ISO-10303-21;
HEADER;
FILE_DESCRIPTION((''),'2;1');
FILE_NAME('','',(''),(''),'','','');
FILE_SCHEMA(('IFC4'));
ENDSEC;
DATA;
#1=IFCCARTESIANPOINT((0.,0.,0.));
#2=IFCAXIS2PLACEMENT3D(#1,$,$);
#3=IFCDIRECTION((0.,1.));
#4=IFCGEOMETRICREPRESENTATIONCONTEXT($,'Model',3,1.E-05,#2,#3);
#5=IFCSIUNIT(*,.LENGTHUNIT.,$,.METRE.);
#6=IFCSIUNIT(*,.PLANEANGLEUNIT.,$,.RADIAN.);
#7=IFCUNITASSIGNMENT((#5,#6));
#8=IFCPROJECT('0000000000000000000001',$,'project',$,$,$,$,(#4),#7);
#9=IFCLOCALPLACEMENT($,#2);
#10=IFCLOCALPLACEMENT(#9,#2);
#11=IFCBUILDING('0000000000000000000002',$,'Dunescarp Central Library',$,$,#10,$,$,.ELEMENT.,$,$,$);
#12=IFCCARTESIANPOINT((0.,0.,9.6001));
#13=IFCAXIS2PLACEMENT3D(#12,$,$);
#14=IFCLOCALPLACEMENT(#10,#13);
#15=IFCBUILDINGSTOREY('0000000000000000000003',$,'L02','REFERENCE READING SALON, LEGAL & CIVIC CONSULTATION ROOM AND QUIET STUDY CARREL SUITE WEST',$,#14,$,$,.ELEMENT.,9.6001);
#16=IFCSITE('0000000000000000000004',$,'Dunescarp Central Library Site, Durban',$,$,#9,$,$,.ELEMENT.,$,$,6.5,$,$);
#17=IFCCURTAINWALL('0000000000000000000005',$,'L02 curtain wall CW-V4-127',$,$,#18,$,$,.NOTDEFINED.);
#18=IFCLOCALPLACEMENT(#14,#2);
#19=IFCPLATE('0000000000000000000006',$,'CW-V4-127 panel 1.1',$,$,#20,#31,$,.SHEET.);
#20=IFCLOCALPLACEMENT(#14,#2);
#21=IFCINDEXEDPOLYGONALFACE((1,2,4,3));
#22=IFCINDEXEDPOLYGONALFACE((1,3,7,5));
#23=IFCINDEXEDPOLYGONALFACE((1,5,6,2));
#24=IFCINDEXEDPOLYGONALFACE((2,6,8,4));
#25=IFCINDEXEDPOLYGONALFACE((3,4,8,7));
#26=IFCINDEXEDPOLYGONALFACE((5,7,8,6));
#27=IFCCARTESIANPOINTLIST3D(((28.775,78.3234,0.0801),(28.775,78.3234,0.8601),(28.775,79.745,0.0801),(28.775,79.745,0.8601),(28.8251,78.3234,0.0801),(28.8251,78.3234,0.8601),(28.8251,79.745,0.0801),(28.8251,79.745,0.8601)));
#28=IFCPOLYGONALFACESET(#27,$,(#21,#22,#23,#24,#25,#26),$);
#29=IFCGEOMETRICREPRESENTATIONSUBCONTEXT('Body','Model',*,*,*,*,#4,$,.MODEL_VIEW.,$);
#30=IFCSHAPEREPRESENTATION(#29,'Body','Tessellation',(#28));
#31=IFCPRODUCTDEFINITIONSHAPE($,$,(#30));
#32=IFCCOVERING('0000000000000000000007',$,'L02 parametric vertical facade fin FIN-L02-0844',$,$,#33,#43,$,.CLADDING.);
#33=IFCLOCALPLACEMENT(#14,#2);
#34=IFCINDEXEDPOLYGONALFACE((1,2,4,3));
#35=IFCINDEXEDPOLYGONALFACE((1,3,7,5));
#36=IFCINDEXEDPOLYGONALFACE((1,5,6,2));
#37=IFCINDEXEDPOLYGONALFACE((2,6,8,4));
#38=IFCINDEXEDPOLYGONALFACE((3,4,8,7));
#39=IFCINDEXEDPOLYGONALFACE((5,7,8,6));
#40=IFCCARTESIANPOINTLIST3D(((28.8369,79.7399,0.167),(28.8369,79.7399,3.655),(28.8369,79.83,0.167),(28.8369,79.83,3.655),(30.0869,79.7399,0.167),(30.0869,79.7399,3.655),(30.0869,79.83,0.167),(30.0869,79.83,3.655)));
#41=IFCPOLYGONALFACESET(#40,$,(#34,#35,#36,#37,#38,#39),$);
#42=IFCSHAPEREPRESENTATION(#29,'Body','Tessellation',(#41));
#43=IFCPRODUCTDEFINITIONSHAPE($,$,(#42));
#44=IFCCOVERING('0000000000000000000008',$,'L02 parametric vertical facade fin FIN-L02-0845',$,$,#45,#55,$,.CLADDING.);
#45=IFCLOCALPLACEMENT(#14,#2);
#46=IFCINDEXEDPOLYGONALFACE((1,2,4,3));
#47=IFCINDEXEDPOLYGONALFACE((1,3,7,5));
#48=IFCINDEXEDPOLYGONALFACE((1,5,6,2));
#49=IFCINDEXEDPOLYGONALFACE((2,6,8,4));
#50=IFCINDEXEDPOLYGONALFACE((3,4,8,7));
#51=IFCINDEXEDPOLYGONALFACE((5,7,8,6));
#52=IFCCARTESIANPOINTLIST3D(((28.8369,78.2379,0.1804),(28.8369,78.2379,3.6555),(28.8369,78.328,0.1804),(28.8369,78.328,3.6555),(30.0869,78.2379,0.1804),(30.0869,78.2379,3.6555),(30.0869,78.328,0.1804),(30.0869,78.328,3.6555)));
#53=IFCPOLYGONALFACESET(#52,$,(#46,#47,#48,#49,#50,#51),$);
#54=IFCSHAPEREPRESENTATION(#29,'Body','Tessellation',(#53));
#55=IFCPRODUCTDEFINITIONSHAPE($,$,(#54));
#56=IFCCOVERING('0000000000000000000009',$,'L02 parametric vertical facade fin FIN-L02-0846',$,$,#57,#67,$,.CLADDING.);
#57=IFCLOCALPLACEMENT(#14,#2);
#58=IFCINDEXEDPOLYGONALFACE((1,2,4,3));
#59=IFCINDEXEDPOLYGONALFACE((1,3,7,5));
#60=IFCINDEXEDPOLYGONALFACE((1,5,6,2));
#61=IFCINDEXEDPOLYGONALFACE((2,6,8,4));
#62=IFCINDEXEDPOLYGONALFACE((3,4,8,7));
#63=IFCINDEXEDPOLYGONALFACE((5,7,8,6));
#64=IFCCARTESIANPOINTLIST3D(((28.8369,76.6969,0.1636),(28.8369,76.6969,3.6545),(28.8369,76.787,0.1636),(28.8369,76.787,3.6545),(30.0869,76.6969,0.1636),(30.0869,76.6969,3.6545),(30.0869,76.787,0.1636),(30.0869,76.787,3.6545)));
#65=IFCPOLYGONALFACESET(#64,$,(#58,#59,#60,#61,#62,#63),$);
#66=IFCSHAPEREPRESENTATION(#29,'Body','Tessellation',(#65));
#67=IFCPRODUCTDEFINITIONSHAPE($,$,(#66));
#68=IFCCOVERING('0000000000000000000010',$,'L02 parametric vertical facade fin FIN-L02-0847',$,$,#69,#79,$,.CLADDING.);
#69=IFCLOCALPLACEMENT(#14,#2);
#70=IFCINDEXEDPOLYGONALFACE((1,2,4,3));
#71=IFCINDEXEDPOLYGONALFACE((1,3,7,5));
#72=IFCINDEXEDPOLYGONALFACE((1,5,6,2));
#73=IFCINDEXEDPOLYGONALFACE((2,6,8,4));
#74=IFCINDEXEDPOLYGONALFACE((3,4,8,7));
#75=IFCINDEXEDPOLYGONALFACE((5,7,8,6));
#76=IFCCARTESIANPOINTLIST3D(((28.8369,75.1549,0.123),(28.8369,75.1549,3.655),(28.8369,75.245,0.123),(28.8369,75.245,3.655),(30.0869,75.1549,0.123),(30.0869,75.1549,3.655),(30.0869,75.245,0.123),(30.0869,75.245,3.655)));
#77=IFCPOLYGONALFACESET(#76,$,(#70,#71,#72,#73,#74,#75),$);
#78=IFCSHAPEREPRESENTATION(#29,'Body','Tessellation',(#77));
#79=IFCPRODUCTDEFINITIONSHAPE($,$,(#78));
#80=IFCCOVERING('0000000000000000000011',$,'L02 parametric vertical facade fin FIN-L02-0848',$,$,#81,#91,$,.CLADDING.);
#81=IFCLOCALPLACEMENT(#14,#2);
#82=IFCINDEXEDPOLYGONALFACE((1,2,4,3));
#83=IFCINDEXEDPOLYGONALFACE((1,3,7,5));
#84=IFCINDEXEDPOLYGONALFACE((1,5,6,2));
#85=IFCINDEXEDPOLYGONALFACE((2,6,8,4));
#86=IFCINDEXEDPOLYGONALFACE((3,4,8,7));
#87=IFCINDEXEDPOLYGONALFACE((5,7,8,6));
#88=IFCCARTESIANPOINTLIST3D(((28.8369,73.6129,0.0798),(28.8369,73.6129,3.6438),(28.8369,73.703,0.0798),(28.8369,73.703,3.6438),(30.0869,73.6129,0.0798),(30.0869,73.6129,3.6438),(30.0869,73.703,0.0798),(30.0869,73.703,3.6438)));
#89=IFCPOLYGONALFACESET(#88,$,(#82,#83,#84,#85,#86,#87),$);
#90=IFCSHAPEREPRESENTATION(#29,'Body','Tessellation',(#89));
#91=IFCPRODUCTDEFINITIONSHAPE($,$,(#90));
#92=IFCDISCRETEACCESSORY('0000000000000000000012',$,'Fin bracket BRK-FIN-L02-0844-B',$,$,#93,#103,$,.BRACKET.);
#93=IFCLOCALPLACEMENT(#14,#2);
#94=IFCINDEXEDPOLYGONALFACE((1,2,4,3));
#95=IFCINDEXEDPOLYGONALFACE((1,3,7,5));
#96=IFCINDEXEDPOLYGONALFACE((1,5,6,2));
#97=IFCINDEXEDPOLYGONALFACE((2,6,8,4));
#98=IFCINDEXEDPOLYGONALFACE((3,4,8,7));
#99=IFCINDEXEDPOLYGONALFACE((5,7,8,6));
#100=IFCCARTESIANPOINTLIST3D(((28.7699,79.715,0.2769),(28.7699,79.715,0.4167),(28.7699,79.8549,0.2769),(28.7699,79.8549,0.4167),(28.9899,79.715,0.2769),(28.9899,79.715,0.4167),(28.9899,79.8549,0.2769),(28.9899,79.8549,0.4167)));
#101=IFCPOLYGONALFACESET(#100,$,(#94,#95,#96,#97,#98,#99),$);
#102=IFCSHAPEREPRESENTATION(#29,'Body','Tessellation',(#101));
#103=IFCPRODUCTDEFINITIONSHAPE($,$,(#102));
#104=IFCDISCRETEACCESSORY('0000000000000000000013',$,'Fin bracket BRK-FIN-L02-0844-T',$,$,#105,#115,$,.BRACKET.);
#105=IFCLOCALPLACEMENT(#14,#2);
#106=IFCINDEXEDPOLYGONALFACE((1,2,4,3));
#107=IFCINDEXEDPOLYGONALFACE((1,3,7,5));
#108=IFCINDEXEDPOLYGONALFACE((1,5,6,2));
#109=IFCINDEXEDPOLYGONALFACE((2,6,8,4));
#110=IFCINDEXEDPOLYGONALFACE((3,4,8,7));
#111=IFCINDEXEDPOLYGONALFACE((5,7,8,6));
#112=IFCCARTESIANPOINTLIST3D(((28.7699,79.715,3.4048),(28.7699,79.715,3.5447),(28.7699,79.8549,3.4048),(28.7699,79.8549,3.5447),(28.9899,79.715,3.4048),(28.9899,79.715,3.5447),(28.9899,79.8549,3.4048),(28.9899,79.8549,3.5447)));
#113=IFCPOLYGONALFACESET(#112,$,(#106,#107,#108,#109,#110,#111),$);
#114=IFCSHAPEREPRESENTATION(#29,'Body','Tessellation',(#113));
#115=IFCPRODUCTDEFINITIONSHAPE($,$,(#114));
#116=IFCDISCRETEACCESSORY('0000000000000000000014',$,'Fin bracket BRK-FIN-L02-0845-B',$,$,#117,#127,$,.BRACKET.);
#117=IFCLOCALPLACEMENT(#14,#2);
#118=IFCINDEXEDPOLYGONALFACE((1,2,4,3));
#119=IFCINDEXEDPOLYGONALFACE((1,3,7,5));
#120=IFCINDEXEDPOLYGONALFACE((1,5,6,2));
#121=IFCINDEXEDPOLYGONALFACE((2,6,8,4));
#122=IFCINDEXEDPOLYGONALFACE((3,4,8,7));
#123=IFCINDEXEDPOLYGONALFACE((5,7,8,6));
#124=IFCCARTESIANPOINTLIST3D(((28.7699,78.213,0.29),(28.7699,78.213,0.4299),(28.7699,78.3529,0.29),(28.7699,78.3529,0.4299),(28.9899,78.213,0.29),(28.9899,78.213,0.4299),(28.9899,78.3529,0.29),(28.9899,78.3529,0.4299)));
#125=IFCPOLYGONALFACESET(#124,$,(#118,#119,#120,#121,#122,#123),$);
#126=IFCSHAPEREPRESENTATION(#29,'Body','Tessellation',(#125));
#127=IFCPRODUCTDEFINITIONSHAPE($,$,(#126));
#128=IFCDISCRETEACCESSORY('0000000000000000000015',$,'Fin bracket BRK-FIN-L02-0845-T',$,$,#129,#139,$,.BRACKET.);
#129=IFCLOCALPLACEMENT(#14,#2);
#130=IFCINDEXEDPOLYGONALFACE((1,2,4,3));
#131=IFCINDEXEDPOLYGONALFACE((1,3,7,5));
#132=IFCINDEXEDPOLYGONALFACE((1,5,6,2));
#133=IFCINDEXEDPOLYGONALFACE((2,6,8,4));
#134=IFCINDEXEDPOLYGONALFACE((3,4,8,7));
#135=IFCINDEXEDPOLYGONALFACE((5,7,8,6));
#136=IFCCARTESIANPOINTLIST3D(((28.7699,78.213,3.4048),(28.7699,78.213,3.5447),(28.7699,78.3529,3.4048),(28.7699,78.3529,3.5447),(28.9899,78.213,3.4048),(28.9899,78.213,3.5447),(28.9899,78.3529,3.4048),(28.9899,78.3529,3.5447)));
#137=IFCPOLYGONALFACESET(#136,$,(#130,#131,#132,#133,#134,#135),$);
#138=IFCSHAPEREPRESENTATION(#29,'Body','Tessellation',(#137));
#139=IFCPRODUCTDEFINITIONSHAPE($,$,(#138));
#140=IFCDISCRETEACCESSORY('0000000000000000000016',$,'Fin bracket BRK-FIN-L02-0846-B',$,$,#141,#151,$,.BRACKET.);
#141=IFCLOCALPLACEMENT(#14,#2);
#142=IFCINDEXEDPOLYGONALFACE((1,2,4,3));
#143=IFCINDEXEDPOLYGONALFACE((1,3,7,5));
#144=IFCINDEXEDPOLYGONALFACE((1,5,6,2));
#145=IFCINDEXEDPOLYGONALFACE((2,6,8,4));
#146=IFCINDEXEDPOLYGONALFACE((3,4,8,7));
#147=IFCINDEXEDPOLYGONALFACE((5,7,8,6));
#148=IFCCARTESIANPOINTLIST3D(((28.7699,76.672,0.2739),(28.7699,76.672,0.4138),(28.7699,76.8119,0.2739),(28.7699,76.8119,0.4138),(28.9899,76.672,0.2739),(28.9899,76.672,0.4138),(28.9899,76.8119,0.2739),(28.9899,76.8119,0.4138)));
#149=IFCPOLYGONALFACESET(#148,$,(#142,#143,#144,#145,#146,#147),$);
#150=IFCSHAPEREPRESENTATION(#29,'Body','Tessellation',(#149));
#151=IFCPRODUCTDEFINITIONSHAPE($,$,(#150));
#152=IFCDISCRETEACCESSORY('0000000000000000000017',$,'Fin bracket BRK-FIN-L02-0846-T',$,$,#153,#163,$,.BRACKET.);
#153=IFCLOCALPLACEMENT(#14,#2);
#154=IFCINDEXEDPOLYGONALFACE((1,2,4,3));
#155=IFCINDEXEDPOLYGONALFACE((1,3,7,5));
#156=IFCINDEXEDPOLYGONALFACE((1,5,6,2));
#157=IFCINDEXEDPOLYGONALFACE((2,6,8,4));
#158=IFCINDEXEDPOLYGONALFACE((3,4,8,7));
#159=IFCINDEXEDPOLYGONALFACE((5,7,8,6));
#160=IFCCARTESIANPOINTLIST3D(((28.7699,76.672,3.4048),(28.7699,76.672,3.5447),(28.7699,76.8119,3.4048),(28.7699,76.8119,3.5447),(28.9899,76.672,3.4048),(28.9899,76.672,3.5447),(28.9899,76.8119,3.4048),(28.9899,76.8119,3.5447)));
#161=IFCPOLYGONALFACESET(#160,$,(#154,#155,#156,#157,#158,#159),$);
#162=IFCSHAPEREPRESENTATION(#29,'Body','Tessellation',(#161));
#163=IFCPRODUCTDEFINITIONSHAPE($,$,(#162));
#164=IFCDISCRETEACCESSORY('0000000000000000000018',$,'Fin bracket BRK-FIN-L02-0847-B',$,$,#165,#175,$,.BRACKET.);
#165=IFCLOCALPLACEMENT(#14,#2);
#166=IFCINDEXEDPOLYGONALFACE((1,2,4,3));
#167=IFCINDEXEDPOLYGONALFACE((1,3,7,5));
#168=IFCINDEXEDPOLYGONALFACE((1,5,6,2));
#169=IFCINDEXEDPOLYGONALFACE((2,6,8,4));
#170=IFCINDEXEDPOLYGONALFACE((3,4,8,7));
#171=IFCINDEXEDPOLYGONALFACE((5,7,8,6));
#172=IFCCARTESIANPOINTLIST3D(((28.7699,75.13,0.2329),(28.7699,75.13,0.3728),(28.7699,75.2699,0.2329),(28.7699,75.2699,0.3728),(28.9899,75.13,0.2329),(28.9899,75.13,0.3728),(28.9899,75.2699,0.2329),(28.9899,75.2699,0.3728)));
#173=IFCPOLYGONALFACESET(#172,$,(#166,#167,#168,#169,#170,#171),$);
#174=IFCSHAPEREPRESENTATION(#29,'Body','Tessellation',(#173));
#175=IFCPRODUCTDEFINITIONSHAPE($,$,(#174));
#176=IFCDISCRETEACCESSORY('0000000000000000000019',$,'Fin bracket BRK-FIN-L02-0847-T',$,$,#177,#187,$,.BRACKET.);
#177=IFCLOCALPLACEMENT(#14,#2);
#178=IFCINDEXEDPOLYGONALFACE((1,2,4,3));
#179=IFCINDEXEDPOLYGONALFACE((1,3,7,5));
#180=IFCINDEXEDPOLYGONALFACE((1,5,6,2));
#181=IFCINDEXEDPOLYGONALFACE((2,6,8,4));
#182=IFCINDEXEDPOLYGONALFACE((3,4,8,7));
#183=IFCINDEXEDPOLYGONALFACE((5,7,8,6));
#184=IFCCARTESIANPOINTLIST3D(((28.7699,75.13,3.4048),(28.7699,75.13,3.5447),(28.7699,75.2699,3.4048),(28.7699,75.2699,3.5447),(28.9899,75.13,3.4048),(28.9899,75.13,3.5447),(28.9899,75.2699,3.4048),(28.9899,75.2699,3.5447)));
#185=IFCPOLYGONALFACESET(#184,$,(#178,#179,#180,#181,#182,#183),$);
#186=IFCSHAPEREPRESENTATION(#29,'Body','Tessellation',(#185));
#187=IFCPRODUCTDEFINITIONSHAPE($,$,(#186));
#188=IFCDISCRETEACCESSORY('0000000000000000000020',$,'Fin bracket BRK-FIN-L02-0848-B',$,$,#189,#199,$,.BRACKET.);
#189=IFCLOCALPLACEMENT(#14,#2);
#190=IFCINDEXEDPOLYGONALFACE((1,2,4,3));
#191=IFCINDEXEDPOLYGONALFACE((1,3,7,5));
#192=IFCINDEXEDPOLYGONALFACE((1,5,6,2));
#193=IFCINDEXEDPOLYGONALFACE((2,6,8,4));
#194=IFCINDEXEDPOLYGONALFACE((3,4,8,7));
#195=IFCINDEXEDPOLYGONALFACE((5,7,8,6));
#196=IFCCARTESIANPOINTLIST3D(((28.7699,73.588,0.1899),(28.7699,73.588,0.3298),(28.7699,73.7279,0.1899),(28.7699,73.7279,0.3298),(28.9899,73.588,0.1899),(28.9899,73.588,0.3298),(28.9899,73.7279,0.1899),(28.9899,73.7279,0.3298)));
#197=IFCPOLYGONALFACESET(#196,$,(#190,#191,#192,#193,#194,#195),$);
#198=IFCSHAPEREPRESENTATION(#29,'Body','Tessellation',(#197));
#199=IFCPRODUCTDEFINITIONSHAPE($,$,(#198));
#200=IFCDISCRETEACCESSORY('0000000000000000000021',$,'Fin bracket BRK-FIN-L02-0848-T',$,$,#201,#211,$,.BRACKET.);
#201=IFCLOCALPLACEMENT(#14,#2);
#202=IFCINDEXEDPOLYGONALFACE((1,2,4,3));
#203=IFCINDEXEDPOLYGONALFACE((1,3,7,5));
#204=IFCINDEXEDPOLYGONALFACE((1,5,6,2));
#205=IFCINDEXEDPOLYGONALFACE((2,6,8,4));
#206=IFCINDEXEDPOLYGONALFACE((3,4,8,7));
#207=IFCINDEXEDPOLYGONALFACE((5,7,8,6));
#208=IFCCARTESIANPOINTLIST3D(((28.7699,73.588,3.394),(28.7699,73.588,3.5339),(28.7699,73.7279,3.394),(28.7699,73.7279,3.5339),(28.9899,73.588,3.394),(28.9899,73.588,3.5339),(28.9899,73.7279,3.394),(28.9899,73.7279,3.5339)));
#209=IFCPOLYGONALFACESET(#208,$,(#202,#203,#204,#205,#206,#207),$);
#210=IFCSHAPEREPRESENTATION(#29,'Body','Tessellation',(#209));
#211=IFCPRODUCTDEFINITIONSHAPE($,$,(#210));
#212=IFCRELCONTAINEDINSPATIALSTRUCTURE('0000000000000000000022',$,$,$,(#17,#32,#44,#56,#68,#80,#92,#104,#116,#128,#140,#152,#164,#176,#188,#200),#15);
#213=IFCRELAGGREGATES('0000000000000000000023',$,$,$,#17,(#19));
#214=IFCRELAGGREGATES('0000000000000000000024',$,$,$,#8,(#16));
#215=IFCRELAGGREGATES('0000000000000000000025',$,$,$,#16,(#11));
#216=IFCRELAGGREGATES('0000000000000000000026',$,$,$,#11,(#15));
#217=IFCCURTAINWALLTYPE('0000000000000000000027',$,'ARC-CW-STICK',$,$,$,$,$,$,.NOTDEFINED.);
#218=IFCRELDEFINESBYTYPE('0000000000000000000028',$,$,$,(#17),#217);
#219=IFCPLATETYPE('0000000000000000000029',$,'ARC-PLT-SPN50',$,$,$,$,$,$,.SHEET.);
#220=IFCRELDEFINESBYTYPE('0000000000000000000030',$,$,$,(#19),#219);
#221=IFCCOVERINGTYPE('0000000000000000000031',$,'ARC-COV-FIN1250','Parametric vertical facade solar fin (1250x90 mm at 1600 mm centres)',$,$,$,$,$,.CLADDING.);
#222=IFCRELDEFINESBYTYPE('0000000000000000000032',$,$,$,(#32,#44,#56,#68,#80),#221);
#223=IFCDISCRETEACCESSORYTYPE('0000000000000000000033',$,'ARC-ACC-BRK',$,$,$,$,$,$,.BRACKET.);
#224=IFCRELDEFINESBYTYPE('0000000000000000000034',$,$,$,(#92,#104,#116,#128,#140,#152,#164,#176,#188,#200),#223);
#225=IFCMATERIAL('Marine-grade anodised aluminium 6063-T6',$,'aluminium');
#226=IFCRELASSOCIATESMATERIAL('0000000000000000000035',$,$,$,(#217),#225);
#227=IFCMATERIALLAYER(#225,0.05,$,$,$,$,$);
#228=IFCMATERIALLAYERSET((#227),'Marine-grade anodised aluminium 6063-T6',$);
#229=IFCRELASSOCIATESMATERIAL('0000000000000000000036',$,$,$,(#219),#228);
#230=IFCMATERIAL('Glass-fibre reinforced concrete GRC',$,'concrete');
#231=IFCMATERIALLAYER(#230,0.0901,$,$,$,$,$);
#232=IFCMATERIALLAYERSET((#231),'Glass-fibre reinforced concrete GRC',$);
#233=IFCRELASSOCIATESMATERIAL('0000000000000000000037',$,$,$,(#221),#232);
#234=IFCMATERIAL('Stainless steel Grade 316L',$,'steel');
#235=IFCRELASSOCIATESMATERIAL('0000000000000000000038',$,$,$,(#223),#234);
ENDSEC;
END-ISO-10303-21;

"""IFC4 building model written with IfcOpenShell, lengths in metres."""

from ifc_helpers import new_model, si_unit, direction, frame, origin, origin_2d, place, context, subcontext, project, spatial, rectangle, extrude, material, layer, layer_set, type_object, element, aggregate, save


model = new_model("IFC4")

# Units and contexts
model_context = context("Model", 3, precision=1e-05, world=origin(), true_north=direction((0.0, 1.0)))
body_context = subcontext(model_context, "Body", "Model", "MODEL_VIEW")
ifc_project = project(units=[si_unit("LENGTHUNIT", "METRE"), si_unit("PLANEANGLEUNIT", "RADIAN")], contexts=[model_context])

# Site, building, storey
site_placement = place(None, origin())
site = spatial("IfcSite", under=ifc_project, at=site_placement, Name="Dunescarp Central Library Site, Durban", CompositionType="ELEMENT", RefElevation=6.5)
building_placement = place(site_placement, origin())
building = spatial("IfcBuilding", under=site, at=building_placement, Name="Dunescarp Central Library", CompositionType="ELEMENT")
storey_placement = place(building_placement, frame((0.0, 0.0, 9.6001)))
storey = spatial("IfcBuildingStorey", under=building, at=storey_placement, Name="L02", Description="REFERENCE READING SALON, LEGAL & CIVIC CONSULTATION ROOM AND QUIET STUDY CARREL SUITE WEST", CompositionType="ELEMENT", Elevation=9.6001)

# Curtain wall
ifc_material_1 = material(Name="Marine-grade anodised aluminium 6063-T6", Category="aluminium")
curtain_wall_type = type_object("IfcCurtainWallType", Name="ARC-CW-STICK", PredefinedType="NOTDEFINED", material=ifc_material_1)
curtain_wall_placement = place(storey_placement, origin())
curtain_wall = element("IfcCurtainWall", 1, at=curtain_wall_placement, inside=storey, type_object=curtain_wall_type, Name="L02 curtain wall CW-V4-127", PredefinedType="NOTDEFINED")

# Plate
ifc_layer_1 = layer(ifc_material_1, 0.05)
ifc_layer_set_1 = layer_set([ifc_layer_1], Name="Marine-grade anodised aluminium 6063-T6")
plate_type_1 = type_object("IfcPlateType", Name="ARC-PLT-SPN50", PredefinedType="SHEET", material=ifc_layer_set_1)
plate_1_placement = place(storey_placement, frame((28.8, 79.0342, 0.0801), z_axis=(0.0, 0.0, 1.0), x_axis=(0.0, -1.0, 0.0)))
plate_1 = element("IfcPlate", 2, at=plate_1_placement, type_object=plate_type_1, Name="CW-V4-127 panel 1.1", PredefinedType="SHEET", context=body_context, shape_type="SweptSolid", body=[
    extrude(rectangle(XDim=1.4216, YDim=0.05, at=origin_2d()), origin(), (0.0, 0.0, 1.0), 0.78),
])
aggregate(curtain_wall, [plate_1])

# Coverings
ifc_material_2 = material(Name="Glass-fibre reinforced concrete GRC", Category="concrete")
ifc_layer_2 = layer(ifc_material_2, 0.0901)
ifc_layer_set_2 = layer_set([ifc_layer_2], Name="Glass-fibre reinforced concrete GRC")
covering_type = type_object("IfcCoveringType", Name="ARC-COV-FIN1250", Description="Parametric vertical facade solar fin (1250x90 mm at 1600 mm centres)", PredefinedType="CLADDING", material=ifc_layer_set_2)
covering_1_placement = place(storey_placement, frame((29.4619, 79.7849, 0.167), z_axis=(0.0, 0.0, 1.0), x_axis=(1.0, 0.0, 0.0)))
element("IfcCovering", 3, at=covering_1_placement, inside=storey, type_object=covering_type, Name="L02 parametric vertical facade fin FIN-L02-0844", PredefinedType="CLADDING", context=body_context, shape_type="SweptSolid", body=[
    extrude(rectangle(XDim=1.25, YDim=0.0901, at=origin_2d()), origin(), (0.0, 0.0, 1.0), 3.488),
])
covering_2_placement = place(storey_placement, frame((29.4619, 78.283, 0.1804), z_axis=(0.0, 0.0, 1.0), x_axis=(1.0, 0.0, 0.0)))
element("IfcCovering", 4, at=covering_2_placement, inside=storey, type_object=covering_type, Name="L02 parametric vertical facade fin FIN-L02-0845", PredefinedType="CLADDING", context=body_context, shape_type="SweptSolid", body=[
    extrude(rectangle(XDim=1.25, YDim=0.0901, at=origin_2d()), origin(), (0.0, 0.0, 1.0), 3.4751),
])
covering_3_placement = place(storey_placement, frame((29.4619, 76.7419, 0.1636), z_axis=(0.0, 0.0, 1.0), x_axis=(1.0, 0.0, 0.0)))
element("IfcCovering", 5, at=covering_3_placement, inside=storey, type_object=covering_type, Name="L02 parametric vertical facade fin FIN-L02-0846", PredefinedType="CLADDING", context=body_context, shape_type="SweptSolid", body=[
    extrude(rectangle(XDim=1.25, YDim=0.0901, at=origin_2d()), origin(), (0.0, 0.0, 1.0), 3.491),
])
covering_4_placement = place(storey_placement, frame((29.4619, 75.2, 0.123), z_axis=(0.0, 0.0, 1.0), x_axis=(1.0, 0.0, 0.0)))
element("IfcCovering", 6, at=covering_4_placement, inside=storey, type_object=covering_type, Name="L02 parametric vertical facade fin FIN-L02-0847", PredefinedType="CLADDING", context=body_context, shape_type="SweptSolid", body=[
    extrude(rectangle(XDim=1.25, YDim=0.0901, at=origin_2d()), origin(), (0.0, 0.0, 1.0), 3.532),
])
covering_5_placement = place(storey_placement, frame((29.4619, 73.658, 0.0798), z_axis=(0.0, 0.0, 1.0), x_axis=(1.0, 0.0, 0.0)))
element("IfcCovering", 7, at=covering_5_placement, inside=storey, type_object=covering_type, Name="L02 parametric vertical facade fin FIN-L02-0848", PredefinedType="CLADDING", context=body_context, shape_type="SweptSolid", body=[
    extrude(rectangle(XDim=1.25, YDim=0.0901, at=origin_2d()), origin(), (0.0, 0.0, 1.0), 3.564),
])

# Discrete accessories
ifc_material_3 = material(Name="Stainless steel Grade 316L", Category="steel")
discrete_accessory_type = type_object("IfcDiscreteAccessoryType", Name="ARC-ACC-BRK", PredefinedType="BRACKET", material=ifc_material_3)
for number, where, z_axis, x_axis, name in (
    (8, (28.8799, 79.7849, 0.2769), (0.0, 0.0, 1.0), (1.0, 0.0, 0.0), "Fin bracket BRK-FIN-L02-0844-B"),
    (9, (28.8799, 79.7849, 3.4048), (0.0, 0.0, 1.0), (1.0, 0.0, 0.0), "Fin bracket BRK-FIN-L02-0844-T"),
    (10, (28.8799, 78.283, 0.29), (0.0, 0.0, 1.0), (1.0, 0.0, 0.0), "Fin bracket BRK-FIN-L02-0845-B"),
    (11, (28.8799, 78.283, 3.4048), (0.0, 0.0, 1.0), (1.0, 0.0, 0.0), "Fin bracket BRK-FIN-L02-0845-T"),
    (12, (28.8799, 76.7419, 0.2739), (0.0, 0.0, 1.0), (1.0, 0.0, 0.0), "Fin bracket BRK-FIN-L02-0846-B"),
    (13, (28.8799, 76.7419, 3.4048), (0.0, 0.0, 1.0), (1.0, 0.0, 0.0), "Fin bracket BRK-FIN-L02-0846-T"),
    (14, (28.8799, 75.2, 0.2329), (0.0, 0.0, 1.0), (1.0, 0.0, 0.0), "Fin bracket BRK-FIN-L02-0847-B"),
    (15, (28.8799, 75.2, 3.4048), (0.0, 0.0, 1.0), (1.0, 0.0, 0.0), "Fin bracket BRK-FIN-L02-0847-T"),
    (16, (28.8799, 73.658, 0.1899), (0.0, 0.0, 1.0), (1.0, 0.0, 0.0), "Fin bracket BRK-FIN-L02-0848-B"),
    (17, (28.8799, 73.658, 3.394), (0.0, 0.0, 1.0), (1.0, 0.0, 0.0), "Fin bracket BRK-FIN-L02-0848-T"),
):
    element("IfcDiscreteAccessory", number, at=place(storey_placement, frame(where, z_axis=z_axis, x_axis=x_axis)), inside=storey, type_object=discrete_accessory_type, Name=name, PredefinedType="BRACKET", context=body_context, shape_type="SweptSolid", body=[
        extrude(rectangle(XDim=0.22, YDim=0.1399, at=origin_2d()), origin(), (0.0, 0.0, 1.0), 0.1399),
    ])

save(model, "model.ifc")
